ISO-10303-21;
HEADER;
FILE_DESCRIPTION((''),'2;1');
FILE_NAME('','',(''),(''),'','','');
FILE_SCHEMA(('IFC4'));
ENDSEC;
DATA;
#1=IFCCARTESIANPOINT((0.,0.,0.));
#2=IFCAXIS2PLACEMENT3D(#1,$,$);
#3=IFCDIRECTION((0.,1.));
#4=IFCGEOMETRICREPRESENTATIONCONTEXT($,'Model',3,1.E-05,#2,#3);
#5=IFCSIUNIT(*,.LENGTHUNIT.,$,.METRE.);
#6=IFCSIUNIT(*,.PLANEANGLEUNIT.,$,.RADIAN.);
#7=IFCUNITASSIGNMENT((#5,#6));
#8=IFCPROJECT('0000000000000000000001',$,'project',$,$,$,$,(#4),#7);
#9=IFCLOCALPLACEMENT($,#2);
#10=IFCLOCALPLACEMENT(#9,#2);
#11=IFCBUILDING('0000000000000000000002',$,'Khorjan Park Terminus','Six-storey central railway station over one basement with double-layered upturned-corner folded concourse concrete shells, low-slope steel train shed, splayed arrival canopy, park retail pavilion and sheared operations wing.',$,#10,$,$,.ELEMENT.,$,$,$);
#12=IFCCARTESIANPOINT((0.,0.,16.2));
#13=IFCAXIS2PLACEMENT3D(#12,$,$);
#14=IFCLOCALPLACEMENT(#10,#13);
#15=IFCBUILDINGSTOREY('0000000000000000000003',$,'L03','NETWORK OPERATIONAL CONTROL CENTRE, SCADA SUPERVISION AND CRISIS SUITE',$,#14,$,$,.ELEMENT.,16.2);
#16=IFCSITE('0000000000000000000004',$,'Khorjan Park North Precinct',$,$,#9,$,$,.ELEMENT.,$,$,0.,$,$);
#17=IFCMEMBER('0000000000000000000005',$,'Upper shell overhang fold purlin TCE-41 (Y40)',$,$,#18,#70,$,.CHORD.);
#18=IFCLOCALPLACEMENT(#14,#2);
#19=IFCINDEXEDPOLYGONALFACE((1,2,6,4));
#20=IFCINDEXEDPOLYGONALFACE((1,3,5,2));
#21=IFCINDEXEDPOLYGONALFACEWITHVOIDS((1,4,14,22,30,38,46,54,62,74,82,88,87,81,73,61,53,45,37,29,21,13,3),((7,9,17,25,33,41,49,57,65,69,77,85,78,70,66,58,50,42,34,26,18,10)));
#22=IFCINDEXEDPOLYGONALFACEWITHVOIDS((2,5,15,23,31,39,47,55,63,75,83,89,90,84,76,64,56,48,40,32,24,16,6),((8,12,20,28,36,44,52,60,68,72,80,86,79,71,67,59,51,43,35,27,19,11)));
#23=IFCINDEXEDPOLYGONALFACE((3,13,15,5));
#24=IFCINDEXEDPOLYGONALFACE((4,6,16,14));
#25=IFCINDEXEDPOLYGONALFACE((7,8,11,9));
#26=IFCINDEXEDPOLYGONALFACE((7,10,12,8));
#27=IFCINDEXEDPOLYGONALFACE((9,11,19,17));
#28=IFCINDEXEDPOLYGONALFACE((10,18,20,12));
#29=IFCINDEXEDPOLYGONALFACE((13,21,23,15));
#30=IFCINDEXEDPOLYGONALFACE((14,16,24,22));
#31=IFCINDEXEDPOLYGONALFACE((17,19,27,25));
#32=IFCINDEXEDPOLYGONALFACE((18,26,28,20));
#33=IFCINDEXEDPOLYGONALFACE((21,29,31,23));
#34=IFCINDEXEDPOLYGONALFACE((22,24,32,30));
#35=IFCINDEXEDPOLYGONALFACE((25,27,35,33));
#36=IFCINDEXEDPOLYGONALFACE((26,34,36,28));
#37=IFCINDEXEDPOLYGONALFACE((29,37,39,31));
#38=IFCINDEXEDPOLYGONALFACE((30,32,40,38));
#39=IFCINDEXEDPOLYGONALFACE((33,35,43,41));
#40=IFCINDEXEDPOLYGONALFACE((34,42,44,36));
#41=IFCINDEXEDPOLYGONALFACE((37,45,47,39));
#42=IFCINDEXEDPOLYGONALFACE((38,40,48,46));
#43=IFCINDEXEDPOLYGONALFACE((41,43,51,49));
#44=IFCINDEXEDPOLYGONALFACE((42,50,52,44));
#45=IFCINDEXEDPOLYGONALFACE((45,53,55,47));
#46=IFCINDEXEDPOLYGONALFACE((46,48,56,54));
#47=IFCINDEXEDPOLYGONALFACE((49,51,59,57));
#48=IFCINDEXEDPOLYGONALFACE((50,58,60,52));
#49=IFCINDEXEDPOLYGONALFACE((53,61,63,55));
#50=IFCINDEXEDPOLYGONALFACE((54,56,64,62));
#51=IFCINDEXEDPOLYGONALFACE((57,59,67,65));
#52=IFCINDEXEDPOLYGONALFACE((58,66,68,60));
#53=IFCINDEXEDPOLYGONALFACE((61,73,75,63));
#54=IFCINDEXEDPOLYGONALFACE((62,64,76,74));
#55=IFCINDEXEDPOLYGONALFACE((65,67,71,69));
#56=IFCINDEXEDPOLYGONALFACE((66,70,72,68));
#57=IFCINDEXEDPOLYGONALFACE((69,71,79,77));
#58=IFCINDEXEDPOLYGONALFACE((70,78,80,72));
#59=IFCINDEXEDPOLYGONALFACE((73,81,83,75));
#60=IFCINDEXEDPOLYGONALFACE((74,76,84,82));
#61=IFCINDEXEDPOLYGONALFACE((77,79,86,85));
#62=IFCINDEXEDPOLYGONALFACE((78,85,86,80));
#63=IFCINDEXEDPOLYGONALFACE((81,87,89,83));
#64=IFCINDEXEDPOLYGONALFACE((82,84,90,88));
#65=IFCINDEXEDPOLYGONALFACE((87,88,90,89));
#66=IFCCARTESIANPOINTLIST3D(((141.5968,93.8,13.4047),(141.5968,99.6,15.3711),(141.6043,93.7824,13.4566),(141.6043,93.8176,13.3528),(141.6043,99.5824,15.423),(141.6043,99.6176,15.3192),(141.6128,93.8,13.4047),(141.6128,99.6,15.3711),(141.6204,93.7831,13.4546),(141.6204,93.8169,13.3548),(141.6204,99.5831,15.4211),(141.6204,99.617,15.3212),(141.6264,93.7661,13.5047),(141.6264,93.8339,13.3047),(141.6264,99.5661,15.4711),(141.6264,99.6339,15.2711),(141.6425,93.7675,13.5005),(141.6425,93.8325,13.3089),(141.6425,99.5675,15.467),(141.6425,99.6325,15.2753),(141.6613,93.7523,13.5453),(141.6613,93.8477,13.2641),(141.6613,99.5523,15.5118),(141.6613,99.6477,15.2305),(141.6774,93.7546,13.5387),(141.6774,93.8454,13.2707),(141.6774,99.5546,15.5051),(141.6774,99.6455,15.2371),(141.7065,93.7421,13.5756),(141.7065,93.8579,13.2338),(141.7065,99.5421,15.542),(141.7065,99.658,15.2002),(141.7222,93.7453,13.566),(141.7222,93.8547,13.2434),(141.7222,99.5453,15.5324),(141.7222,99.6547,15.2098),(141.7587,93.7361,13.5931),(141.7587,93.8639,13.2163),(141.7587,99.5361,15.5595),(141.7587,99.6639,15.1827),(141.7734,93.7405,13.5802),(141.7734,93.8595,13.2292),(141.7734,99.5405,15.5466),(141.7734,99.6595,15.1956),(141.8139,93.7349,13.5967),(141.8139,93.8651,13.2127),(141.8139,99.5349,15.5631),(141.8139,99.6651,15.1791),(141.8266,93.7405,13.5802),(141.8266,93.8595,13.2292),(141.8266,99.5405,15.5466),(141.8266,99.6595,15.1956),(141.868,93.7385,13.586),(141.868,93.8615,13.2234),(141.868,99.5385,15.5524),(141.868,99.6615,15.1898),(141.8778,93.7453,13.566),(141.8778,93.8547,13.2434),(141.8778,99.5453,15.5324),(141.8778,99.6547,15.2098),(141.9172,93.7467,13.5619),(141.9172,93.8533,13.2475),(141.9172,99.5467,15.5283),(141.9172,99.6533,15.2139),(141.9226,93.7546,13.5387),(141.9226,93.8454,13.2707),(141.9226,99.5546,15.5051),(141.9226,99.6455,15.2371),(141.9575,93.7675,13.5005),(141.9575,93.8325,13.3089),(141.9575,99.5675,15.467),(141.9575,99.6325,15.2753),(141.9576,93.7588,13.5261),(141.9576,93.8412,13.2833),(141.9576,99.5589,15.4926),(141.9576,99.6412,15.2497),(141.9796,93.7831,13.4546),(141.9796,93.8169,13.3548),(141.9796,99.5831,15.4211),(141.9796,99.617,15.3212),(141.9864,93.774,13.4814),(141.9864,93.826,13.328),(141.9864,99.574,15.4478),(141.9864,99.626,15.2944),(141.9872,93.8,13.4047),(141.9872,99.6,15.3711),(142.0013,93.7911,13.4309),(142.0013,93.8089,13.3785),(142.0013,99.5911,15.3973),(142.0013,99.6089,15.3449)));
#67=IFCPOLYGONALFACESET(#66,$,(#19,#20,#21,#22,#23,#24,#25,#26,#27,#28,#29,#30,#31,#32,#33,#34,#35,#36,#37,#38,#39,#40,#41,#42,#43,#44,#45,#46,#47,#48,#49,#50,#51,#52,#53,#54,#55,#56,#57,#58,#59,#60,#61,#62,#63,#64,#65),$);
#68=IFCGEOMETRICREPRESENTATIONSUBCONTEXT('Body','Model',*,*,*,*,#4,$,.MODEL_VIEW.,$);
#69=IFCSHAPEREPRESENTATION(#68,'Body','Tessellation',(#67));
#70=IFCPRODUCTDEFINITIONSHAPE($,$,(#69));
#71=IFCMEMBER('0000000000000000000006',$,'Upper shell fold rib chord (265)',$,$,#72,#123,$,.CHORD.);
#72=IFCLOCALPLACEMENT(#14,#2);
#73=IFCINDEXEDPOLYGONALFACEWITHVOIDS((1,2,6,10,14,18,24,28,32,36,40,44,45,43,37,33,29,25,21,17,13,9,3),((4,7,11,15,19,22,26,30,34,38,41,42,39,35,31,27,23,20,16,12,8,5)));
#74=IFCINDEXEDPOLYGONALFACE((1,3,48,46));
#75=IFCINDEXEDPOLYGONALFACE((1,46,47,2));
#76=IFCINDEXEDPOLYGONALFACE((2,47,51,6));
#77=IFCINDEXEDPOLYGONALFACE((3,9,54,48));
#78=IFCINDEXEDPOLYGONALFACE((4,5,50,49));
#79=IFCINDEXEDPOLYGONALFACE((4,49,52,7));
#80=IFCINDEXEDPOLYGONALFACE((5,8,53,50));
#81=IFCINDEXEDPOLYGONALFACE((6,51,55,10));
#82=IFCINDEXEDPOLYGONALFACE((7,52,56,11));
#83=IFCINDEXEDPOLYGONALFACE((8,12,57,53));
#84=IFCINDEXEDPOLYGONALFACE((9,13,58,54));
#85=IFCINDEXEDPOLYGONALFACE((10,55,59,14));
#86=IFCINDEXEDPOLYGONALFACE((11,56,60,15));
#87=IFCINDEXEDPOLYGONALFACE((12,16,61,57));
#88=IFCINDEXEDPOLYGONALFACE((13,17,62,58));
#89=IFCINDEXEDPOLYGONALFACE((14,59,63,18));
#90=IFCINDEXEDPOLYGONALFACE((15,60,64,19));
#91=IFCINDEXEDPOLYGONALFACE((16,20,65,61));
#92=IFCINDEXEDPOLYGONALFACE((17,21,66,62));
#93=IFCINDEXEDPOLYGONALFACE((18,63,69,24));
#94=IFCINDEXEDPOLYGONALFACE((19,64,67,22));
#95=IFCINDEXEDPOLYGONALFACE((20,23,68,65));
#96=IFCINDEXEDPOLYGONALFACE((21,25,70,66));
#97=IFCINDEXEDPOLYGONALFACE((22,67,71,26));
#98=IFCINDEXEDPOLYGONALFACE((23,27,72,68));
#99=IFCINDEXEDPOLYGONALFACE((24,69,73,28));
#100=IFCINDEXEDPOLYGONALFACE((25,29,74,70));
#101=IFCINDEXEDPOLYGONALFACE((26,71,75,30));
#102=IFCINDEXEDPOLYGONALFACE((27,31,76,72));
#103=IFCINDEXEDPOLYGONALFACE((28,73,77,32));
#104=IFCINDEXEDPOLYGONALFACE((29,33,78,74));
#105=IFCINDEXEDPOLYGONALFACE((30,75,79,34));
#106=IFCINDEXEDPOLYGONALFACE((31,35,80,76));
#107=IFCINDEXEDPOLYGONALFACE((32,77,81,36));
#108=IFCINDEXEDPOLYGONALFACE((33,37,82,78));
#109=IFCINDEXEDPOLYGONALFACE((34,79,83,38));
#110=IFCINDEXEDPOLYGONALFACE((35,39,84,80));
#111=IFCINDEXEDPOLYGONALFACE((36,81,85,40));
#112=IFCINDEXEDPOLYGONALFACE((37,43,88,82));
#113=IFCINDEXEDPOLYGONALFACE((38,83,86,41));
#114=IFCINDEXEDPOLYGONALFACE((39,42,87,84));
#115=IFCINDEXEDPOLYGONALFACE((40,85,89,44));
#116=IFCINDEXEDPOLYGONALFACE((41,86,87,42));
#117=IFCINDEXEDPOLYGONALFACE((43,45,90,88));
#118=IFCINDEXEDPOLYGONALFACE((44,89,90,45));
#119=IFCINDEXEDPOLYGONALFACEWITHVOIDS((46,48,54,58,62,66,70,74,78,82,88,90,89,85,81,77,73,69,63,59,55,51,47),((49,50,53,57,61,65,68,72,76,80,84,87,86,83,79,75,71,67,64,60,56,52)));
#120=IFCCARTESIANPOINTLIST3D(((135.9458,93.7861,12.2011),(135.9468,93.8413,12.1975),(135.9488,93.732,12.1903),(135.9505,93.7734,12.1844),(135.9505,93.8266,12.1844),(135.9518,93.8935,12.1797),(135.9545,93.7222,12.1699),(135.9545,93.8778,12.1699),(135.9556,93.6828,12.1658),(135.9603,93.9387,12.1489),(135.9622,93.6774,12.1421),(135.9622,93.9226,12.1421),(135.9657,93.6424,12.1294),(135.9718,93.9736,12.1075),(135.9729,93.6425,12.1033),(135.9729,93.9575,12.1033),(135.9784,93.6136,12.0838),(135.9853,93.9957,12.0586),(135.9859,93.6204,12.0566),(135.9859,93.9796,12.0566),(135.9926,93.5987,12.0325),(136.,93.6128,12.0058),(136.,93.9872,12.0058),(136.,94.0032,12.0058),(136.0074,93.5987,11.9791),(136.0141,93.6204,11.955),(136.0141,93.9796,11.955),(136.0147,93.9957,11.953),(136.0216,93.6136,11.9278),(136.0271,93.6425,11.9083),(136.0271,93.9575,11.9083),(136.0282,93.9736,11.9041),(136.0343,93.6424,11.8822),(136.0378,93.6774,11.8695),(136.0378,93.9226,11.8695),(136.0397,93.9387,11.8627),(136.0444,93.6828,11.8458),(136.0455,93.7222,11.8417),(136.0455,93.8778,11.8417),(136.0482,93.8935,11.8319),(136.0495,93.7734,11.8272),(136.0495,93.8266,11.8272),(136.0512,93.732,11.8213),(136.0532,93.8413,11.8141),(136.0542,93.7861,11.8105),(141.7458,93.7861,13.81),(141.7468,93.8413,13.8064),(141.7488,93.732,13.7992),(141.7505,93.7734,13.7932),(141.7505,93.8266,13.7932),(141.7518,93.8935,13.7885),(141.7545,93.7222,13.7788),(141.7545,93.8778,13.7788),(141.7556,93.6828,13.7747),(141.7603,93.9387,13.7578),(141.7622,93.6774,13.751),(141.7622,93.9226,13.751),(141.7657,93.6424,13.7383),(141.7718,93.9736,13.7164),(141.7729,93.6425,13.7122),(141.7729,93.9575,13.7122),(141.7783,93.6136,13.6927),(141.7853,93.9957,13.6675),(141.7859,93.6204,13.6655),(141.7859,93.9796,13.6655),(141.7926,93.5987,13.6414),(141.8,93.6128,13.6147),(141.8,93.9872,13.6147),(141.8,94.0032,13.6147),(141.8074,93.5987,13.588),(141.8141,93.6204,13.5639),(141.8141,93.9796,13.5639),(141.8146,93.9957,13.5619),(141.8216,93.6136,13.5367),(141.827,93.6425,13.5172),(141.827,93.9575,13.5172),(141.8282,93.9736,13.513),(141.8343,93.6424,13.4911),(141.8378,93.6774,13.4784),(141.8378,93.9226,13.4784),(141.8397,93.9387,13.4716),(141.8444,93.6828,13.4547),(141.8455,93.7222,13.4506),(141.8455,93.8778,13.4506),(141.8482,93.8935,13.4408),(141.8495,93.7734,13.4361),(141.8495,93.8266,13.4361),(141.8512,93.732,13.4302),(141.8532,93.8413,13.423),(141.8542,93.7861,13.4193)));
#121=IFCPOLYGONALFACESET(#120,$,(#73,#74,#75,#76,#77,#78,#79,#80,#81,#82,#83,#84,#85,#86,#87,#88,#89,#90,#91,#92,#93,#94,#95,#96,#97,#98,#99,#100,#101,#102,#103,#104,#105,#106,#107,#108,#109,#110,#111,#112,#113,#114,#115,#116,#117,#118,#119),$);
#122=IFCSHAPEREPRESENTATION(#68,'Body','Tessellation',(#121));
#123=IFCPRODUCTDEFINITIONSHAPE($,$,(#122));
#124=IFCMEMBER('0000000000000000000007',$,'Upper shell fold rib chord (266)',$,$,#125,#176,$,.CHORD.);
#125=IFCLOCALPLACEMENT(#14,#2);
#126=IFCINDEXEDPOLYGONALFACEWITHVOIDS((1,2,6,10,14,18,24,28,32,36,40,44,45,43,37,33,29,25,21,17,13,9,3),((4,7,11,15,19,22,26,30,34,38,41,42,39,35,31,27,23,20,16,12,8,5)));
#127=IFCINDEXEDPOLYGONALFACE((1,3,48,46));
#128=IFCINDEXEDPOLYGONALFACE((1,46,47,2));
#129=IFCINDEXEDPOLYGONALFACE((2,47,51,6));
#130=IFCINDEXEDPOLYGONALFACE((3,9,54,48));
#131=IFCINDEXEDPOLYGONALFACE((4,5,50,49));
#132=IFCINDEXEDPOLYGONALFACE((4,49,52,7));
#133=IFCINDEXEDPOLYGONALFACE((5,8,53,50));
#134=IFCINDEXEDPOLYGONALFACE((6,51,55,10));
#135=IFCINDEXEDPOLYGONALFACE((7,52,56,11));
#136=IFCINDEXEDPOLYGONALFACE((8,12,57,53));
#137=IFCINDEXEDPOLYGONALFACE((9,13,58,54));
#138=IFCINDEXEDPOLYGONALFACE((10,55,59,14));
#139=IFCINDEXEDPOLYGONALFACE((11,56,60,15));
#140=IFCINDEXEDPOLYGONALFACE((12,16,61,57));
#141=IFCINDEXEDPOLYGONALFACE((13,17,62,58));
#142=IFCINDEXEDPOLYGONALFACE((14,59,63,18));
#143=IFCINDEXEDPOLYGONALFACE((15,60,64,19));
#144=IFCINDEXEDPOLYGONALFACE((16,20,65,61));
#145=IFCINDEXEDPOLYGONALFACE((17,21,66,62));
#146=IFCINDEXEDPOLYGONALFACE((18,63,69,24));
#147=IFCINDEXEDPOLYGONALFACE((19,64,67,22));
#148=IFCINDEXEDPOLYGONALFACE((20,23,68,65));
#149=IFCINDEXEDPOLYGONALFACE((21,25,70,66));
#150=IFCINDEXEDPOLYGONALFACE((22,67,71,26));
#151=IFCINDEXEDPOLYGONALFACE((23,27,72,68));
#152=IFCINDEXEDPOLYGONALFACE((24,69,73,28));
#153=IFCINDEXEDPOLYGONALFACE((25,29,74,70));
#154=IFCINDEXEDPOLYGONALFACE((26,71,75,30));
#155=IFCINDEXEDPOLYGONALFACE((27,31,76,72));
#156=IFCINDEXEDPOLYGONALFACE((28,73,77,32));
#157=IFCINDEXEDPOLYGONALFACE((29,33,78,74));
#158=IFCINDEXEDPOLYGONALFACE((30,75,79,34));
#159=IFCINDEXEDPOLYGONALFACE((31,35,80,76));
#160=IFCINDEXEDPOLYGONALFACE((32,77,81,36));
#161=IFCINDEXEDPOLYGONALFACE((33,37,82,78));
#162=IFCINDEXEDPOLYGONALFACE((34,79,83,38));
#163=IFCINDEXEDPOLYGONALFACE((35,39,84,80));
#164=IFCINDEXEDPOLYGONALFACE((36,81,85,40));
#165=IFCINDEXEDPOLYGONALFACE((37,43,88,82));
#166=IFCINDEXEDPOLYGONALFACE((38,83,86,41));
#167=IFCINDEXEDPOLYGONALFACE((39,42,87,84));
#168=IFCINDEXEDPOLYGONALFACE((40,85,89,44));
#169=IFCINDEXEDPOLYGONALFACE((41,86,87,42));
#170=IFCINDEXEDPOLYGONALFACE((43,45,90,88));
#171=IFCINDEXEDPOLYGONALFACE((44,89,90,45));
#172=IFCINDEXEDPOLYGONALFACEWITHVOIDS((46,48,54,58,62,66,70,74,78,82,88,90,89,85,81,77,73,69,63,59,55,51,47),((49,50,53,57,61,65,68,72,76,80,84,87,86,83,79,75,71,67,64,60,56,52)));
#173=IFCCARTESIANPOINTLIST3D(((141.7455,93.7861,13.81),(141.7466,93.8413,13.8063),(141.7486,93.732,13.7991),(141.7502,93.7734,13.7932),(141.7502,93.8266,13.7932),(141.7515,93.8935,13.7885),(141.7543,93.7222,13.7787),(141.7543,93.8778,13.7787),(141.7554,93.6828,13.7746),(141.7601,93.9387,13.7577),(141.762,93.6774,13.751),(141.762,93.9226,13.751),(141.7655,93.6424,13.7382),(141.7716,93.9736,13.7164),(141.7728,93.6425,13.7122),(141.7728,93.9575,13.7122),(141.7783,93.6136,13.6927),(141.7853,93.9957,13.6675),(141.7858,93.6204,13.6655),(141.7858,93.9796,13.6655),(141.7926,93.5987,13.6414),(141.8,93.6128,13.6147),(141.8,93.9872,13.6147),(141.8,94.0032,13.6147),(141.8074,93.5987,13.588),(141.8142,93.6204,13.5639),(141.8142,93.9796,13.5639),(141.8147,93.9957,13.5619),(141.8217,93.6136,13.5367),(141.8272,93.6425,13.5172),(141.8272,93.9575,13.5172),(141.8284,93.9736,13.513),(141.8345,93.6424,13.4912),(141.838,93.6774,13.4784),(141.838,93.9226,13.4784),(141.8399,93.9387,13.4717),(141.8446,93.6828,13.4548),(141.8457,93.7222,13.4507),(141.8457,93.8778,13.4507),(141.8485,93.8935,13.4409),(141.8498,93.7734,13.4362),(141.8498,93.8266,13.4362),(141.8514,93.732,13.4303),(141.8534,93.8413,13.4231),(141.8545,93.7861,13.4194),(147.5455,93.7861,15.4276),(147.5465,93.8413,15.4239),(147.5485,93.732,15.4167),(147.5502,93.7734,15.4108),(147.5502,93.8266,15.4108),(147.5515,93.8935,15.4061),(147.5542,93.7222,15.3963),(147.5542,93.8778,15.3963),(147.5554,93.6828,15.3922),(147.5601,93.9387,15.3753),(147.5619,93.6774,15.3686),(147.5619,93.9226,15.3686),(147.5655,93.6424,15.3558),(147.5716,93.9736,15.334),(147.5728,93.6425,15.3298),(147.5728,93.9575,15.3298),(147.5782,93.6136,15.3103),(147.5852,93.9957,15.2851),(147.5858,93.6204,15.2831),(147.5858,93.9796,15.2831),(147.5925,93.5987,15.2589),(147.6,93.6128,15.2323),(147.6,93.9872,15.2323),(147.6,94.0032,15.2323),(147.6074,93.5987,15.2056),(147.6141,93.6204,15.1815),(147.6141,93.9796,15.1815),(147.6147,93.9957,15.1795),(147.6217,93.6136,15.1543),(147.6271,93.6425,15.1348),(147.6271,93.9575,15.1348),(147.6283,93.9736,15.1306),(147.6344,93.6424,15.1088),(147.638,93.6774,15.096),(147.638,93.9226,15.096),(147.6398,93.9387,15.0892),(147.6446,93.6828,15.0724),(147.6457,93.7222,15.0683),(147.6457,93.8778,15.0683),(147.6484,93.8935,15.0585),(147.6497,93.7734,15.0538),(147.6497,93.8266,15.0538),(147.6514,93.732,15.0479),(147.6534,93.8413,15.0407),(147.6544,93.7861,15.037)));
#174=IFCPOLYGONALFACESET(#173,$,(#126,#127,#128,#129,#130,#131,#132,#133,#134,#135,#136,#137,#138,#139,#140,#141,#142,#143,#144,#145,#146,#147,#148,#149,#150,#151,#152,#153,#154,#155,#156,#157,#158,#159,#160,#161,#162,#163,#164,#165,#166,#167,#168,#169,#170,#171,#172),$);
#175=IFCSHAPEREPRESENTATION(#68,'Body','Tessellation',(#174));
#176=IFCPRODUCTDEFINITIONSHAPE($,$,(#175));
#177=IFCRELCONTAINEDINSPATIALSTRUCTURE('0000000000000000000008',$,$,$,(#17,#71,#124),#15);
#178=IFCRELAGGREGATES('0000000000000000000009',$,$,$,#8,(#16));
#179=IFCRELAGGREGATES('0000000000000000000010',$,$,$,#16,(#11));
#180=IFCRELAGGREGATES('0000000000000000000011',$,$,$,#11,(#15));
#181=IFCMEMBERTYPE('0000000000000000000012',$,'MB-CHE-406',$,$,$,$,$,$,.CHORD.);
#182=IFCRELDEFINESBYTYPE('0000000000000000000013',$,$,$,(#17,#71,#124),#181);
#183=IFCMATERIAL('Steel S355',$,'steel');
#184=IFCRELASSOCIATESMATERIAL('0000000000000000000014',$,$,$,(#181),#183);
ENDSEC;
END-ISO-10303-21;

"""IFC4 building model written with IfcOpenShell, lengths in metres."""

from ifc_helpers import new_model, si_unit, direction, frame, origin, origin_2d, place, context, subcontext, project, spatial, hollow_circle, extrude, material, material_profile, profile_set, type_object, element, save


model = new_model("IFC4")

# Units and contexts
model_context = context("Model", 3, precision=1e-05, world=origin(), true_north=direction((0.0, 1.0)))
body_context = subcontext(model_context, "Body", "Model", "MODEL_VIEW")
ifc_project = project(units=[si_unit("LENGTHUNIT", "METRE"), si_unit("PLANEANGLEUNIT", "RADIAN")], contexts=[model_context])

# Site, building, storey
site_placement = place(None, origin())
site = spatial("IfcSite", under=ifc_project, at=site_placement, Name="Khorjan Park North Precinct", CompositionType="ELEMENT", RefElevation=0.0)
building_placement = place(site_placement, origin())
building = spatial("IfcBuilding", under=site, at=building_placement, Name="Khorjan Park Terminus", Description="Six-storey central railway station over one basement with double-layered upturned-corner folded concourse concrete shells, low-slope steel train shed, splayed arrival canopy, park retail pavilion and sheared operations wing.", CompositionType="ELEMENT")
storey_placement = place(building_placement, frame((0.0, 0.0, 16.2)))
storey = spatial("IfcBuildingStorey", under=building, at=storey_placement, Name="L03", Description="NETWORK OPERATIONAL CONTROL CENTRE, SCADA SUPERVISION AND CRISIS SUITE", CompositionType="ELEMENT", Elevation=16.2)

# Members
ifc_material = material(Name="Steel S355", Category="steel")
ifc_material_profile_1 = material_profile(ifc_material, hollow_circle(Radius=0.2032, WallThickness=0.016, at=origin_2d()), Name="CHS 406.4x16")
ifc_profile_set_1 = profile_set([ifc_material_profile_1], Name="Steel S355")
member_type_1 = type_object("IfcMemberType", Name="MB-CHE-406", PredefinedType="CHORD", material=ifc_profile_set_1)
member_1_placement = place(storey_placement, frame((141.8, 93.8, 13.4047), z_axis=(0.0, 0.947051, 0.321083), x_axis=(-1.0, 0.0, 0.0)))
element("IfcMember", 1, at=member_1_placement, inside=storey, type_object=member_type_1, Name="Upper shell overhang fold purlin TCE-41 (Y40)", PredefinedType="CHORD", context=body_context, shape_type="SweptSolid", body=[
    extrude(hollow_circle(Radius=0.2032, WallThickness=0.016, at=origin_2d()), origin(), (0.0, 0.0, 1.0), 6.1243),
])
member_2_placement = place(storey_placement, frame((136.0, 93.8, 12.0058), z_axis=(0.963613, 0.0, 0.267303), x_axis=(0.0, 1.0, 0.0)))
element("IfcMember", 2, at=member_2_placement, inside=storey, type_object=member_type_1, Name="Upper shell fold rib chord (265)", PredefinedType="CHORD", context=body_context, shape_type="SweptSolid", body=[
    extrude(hollow_circle(Radius=0.2032, WallThickness=0.016, at=origin_2d()), origin(), (0.0, 0.0, 1.0), 6.019),
])
member_3_placement = place(storey_placement, frame((141.8, 93.8, 13.6147), z_axis=(0.963239, 0.0, 0.268644), x_axis=(0.0, 1.0, 0.0)))
element("IfcMember", 3, at=member_3_placement, inside=storey, type_object=member_type_1, Name="Upper shell fold rib chord (266)", PredefinedType="CHORD", context=body_context, shape_type="SweptSolid", body=[
    extrude(hollow_circle(Radius=0.2032, WallThickness=0.016, at=origin_2d()), origin(), (0.0, 0.0, 1.0), 6.0213),
])

save(model, "model.ifc")
